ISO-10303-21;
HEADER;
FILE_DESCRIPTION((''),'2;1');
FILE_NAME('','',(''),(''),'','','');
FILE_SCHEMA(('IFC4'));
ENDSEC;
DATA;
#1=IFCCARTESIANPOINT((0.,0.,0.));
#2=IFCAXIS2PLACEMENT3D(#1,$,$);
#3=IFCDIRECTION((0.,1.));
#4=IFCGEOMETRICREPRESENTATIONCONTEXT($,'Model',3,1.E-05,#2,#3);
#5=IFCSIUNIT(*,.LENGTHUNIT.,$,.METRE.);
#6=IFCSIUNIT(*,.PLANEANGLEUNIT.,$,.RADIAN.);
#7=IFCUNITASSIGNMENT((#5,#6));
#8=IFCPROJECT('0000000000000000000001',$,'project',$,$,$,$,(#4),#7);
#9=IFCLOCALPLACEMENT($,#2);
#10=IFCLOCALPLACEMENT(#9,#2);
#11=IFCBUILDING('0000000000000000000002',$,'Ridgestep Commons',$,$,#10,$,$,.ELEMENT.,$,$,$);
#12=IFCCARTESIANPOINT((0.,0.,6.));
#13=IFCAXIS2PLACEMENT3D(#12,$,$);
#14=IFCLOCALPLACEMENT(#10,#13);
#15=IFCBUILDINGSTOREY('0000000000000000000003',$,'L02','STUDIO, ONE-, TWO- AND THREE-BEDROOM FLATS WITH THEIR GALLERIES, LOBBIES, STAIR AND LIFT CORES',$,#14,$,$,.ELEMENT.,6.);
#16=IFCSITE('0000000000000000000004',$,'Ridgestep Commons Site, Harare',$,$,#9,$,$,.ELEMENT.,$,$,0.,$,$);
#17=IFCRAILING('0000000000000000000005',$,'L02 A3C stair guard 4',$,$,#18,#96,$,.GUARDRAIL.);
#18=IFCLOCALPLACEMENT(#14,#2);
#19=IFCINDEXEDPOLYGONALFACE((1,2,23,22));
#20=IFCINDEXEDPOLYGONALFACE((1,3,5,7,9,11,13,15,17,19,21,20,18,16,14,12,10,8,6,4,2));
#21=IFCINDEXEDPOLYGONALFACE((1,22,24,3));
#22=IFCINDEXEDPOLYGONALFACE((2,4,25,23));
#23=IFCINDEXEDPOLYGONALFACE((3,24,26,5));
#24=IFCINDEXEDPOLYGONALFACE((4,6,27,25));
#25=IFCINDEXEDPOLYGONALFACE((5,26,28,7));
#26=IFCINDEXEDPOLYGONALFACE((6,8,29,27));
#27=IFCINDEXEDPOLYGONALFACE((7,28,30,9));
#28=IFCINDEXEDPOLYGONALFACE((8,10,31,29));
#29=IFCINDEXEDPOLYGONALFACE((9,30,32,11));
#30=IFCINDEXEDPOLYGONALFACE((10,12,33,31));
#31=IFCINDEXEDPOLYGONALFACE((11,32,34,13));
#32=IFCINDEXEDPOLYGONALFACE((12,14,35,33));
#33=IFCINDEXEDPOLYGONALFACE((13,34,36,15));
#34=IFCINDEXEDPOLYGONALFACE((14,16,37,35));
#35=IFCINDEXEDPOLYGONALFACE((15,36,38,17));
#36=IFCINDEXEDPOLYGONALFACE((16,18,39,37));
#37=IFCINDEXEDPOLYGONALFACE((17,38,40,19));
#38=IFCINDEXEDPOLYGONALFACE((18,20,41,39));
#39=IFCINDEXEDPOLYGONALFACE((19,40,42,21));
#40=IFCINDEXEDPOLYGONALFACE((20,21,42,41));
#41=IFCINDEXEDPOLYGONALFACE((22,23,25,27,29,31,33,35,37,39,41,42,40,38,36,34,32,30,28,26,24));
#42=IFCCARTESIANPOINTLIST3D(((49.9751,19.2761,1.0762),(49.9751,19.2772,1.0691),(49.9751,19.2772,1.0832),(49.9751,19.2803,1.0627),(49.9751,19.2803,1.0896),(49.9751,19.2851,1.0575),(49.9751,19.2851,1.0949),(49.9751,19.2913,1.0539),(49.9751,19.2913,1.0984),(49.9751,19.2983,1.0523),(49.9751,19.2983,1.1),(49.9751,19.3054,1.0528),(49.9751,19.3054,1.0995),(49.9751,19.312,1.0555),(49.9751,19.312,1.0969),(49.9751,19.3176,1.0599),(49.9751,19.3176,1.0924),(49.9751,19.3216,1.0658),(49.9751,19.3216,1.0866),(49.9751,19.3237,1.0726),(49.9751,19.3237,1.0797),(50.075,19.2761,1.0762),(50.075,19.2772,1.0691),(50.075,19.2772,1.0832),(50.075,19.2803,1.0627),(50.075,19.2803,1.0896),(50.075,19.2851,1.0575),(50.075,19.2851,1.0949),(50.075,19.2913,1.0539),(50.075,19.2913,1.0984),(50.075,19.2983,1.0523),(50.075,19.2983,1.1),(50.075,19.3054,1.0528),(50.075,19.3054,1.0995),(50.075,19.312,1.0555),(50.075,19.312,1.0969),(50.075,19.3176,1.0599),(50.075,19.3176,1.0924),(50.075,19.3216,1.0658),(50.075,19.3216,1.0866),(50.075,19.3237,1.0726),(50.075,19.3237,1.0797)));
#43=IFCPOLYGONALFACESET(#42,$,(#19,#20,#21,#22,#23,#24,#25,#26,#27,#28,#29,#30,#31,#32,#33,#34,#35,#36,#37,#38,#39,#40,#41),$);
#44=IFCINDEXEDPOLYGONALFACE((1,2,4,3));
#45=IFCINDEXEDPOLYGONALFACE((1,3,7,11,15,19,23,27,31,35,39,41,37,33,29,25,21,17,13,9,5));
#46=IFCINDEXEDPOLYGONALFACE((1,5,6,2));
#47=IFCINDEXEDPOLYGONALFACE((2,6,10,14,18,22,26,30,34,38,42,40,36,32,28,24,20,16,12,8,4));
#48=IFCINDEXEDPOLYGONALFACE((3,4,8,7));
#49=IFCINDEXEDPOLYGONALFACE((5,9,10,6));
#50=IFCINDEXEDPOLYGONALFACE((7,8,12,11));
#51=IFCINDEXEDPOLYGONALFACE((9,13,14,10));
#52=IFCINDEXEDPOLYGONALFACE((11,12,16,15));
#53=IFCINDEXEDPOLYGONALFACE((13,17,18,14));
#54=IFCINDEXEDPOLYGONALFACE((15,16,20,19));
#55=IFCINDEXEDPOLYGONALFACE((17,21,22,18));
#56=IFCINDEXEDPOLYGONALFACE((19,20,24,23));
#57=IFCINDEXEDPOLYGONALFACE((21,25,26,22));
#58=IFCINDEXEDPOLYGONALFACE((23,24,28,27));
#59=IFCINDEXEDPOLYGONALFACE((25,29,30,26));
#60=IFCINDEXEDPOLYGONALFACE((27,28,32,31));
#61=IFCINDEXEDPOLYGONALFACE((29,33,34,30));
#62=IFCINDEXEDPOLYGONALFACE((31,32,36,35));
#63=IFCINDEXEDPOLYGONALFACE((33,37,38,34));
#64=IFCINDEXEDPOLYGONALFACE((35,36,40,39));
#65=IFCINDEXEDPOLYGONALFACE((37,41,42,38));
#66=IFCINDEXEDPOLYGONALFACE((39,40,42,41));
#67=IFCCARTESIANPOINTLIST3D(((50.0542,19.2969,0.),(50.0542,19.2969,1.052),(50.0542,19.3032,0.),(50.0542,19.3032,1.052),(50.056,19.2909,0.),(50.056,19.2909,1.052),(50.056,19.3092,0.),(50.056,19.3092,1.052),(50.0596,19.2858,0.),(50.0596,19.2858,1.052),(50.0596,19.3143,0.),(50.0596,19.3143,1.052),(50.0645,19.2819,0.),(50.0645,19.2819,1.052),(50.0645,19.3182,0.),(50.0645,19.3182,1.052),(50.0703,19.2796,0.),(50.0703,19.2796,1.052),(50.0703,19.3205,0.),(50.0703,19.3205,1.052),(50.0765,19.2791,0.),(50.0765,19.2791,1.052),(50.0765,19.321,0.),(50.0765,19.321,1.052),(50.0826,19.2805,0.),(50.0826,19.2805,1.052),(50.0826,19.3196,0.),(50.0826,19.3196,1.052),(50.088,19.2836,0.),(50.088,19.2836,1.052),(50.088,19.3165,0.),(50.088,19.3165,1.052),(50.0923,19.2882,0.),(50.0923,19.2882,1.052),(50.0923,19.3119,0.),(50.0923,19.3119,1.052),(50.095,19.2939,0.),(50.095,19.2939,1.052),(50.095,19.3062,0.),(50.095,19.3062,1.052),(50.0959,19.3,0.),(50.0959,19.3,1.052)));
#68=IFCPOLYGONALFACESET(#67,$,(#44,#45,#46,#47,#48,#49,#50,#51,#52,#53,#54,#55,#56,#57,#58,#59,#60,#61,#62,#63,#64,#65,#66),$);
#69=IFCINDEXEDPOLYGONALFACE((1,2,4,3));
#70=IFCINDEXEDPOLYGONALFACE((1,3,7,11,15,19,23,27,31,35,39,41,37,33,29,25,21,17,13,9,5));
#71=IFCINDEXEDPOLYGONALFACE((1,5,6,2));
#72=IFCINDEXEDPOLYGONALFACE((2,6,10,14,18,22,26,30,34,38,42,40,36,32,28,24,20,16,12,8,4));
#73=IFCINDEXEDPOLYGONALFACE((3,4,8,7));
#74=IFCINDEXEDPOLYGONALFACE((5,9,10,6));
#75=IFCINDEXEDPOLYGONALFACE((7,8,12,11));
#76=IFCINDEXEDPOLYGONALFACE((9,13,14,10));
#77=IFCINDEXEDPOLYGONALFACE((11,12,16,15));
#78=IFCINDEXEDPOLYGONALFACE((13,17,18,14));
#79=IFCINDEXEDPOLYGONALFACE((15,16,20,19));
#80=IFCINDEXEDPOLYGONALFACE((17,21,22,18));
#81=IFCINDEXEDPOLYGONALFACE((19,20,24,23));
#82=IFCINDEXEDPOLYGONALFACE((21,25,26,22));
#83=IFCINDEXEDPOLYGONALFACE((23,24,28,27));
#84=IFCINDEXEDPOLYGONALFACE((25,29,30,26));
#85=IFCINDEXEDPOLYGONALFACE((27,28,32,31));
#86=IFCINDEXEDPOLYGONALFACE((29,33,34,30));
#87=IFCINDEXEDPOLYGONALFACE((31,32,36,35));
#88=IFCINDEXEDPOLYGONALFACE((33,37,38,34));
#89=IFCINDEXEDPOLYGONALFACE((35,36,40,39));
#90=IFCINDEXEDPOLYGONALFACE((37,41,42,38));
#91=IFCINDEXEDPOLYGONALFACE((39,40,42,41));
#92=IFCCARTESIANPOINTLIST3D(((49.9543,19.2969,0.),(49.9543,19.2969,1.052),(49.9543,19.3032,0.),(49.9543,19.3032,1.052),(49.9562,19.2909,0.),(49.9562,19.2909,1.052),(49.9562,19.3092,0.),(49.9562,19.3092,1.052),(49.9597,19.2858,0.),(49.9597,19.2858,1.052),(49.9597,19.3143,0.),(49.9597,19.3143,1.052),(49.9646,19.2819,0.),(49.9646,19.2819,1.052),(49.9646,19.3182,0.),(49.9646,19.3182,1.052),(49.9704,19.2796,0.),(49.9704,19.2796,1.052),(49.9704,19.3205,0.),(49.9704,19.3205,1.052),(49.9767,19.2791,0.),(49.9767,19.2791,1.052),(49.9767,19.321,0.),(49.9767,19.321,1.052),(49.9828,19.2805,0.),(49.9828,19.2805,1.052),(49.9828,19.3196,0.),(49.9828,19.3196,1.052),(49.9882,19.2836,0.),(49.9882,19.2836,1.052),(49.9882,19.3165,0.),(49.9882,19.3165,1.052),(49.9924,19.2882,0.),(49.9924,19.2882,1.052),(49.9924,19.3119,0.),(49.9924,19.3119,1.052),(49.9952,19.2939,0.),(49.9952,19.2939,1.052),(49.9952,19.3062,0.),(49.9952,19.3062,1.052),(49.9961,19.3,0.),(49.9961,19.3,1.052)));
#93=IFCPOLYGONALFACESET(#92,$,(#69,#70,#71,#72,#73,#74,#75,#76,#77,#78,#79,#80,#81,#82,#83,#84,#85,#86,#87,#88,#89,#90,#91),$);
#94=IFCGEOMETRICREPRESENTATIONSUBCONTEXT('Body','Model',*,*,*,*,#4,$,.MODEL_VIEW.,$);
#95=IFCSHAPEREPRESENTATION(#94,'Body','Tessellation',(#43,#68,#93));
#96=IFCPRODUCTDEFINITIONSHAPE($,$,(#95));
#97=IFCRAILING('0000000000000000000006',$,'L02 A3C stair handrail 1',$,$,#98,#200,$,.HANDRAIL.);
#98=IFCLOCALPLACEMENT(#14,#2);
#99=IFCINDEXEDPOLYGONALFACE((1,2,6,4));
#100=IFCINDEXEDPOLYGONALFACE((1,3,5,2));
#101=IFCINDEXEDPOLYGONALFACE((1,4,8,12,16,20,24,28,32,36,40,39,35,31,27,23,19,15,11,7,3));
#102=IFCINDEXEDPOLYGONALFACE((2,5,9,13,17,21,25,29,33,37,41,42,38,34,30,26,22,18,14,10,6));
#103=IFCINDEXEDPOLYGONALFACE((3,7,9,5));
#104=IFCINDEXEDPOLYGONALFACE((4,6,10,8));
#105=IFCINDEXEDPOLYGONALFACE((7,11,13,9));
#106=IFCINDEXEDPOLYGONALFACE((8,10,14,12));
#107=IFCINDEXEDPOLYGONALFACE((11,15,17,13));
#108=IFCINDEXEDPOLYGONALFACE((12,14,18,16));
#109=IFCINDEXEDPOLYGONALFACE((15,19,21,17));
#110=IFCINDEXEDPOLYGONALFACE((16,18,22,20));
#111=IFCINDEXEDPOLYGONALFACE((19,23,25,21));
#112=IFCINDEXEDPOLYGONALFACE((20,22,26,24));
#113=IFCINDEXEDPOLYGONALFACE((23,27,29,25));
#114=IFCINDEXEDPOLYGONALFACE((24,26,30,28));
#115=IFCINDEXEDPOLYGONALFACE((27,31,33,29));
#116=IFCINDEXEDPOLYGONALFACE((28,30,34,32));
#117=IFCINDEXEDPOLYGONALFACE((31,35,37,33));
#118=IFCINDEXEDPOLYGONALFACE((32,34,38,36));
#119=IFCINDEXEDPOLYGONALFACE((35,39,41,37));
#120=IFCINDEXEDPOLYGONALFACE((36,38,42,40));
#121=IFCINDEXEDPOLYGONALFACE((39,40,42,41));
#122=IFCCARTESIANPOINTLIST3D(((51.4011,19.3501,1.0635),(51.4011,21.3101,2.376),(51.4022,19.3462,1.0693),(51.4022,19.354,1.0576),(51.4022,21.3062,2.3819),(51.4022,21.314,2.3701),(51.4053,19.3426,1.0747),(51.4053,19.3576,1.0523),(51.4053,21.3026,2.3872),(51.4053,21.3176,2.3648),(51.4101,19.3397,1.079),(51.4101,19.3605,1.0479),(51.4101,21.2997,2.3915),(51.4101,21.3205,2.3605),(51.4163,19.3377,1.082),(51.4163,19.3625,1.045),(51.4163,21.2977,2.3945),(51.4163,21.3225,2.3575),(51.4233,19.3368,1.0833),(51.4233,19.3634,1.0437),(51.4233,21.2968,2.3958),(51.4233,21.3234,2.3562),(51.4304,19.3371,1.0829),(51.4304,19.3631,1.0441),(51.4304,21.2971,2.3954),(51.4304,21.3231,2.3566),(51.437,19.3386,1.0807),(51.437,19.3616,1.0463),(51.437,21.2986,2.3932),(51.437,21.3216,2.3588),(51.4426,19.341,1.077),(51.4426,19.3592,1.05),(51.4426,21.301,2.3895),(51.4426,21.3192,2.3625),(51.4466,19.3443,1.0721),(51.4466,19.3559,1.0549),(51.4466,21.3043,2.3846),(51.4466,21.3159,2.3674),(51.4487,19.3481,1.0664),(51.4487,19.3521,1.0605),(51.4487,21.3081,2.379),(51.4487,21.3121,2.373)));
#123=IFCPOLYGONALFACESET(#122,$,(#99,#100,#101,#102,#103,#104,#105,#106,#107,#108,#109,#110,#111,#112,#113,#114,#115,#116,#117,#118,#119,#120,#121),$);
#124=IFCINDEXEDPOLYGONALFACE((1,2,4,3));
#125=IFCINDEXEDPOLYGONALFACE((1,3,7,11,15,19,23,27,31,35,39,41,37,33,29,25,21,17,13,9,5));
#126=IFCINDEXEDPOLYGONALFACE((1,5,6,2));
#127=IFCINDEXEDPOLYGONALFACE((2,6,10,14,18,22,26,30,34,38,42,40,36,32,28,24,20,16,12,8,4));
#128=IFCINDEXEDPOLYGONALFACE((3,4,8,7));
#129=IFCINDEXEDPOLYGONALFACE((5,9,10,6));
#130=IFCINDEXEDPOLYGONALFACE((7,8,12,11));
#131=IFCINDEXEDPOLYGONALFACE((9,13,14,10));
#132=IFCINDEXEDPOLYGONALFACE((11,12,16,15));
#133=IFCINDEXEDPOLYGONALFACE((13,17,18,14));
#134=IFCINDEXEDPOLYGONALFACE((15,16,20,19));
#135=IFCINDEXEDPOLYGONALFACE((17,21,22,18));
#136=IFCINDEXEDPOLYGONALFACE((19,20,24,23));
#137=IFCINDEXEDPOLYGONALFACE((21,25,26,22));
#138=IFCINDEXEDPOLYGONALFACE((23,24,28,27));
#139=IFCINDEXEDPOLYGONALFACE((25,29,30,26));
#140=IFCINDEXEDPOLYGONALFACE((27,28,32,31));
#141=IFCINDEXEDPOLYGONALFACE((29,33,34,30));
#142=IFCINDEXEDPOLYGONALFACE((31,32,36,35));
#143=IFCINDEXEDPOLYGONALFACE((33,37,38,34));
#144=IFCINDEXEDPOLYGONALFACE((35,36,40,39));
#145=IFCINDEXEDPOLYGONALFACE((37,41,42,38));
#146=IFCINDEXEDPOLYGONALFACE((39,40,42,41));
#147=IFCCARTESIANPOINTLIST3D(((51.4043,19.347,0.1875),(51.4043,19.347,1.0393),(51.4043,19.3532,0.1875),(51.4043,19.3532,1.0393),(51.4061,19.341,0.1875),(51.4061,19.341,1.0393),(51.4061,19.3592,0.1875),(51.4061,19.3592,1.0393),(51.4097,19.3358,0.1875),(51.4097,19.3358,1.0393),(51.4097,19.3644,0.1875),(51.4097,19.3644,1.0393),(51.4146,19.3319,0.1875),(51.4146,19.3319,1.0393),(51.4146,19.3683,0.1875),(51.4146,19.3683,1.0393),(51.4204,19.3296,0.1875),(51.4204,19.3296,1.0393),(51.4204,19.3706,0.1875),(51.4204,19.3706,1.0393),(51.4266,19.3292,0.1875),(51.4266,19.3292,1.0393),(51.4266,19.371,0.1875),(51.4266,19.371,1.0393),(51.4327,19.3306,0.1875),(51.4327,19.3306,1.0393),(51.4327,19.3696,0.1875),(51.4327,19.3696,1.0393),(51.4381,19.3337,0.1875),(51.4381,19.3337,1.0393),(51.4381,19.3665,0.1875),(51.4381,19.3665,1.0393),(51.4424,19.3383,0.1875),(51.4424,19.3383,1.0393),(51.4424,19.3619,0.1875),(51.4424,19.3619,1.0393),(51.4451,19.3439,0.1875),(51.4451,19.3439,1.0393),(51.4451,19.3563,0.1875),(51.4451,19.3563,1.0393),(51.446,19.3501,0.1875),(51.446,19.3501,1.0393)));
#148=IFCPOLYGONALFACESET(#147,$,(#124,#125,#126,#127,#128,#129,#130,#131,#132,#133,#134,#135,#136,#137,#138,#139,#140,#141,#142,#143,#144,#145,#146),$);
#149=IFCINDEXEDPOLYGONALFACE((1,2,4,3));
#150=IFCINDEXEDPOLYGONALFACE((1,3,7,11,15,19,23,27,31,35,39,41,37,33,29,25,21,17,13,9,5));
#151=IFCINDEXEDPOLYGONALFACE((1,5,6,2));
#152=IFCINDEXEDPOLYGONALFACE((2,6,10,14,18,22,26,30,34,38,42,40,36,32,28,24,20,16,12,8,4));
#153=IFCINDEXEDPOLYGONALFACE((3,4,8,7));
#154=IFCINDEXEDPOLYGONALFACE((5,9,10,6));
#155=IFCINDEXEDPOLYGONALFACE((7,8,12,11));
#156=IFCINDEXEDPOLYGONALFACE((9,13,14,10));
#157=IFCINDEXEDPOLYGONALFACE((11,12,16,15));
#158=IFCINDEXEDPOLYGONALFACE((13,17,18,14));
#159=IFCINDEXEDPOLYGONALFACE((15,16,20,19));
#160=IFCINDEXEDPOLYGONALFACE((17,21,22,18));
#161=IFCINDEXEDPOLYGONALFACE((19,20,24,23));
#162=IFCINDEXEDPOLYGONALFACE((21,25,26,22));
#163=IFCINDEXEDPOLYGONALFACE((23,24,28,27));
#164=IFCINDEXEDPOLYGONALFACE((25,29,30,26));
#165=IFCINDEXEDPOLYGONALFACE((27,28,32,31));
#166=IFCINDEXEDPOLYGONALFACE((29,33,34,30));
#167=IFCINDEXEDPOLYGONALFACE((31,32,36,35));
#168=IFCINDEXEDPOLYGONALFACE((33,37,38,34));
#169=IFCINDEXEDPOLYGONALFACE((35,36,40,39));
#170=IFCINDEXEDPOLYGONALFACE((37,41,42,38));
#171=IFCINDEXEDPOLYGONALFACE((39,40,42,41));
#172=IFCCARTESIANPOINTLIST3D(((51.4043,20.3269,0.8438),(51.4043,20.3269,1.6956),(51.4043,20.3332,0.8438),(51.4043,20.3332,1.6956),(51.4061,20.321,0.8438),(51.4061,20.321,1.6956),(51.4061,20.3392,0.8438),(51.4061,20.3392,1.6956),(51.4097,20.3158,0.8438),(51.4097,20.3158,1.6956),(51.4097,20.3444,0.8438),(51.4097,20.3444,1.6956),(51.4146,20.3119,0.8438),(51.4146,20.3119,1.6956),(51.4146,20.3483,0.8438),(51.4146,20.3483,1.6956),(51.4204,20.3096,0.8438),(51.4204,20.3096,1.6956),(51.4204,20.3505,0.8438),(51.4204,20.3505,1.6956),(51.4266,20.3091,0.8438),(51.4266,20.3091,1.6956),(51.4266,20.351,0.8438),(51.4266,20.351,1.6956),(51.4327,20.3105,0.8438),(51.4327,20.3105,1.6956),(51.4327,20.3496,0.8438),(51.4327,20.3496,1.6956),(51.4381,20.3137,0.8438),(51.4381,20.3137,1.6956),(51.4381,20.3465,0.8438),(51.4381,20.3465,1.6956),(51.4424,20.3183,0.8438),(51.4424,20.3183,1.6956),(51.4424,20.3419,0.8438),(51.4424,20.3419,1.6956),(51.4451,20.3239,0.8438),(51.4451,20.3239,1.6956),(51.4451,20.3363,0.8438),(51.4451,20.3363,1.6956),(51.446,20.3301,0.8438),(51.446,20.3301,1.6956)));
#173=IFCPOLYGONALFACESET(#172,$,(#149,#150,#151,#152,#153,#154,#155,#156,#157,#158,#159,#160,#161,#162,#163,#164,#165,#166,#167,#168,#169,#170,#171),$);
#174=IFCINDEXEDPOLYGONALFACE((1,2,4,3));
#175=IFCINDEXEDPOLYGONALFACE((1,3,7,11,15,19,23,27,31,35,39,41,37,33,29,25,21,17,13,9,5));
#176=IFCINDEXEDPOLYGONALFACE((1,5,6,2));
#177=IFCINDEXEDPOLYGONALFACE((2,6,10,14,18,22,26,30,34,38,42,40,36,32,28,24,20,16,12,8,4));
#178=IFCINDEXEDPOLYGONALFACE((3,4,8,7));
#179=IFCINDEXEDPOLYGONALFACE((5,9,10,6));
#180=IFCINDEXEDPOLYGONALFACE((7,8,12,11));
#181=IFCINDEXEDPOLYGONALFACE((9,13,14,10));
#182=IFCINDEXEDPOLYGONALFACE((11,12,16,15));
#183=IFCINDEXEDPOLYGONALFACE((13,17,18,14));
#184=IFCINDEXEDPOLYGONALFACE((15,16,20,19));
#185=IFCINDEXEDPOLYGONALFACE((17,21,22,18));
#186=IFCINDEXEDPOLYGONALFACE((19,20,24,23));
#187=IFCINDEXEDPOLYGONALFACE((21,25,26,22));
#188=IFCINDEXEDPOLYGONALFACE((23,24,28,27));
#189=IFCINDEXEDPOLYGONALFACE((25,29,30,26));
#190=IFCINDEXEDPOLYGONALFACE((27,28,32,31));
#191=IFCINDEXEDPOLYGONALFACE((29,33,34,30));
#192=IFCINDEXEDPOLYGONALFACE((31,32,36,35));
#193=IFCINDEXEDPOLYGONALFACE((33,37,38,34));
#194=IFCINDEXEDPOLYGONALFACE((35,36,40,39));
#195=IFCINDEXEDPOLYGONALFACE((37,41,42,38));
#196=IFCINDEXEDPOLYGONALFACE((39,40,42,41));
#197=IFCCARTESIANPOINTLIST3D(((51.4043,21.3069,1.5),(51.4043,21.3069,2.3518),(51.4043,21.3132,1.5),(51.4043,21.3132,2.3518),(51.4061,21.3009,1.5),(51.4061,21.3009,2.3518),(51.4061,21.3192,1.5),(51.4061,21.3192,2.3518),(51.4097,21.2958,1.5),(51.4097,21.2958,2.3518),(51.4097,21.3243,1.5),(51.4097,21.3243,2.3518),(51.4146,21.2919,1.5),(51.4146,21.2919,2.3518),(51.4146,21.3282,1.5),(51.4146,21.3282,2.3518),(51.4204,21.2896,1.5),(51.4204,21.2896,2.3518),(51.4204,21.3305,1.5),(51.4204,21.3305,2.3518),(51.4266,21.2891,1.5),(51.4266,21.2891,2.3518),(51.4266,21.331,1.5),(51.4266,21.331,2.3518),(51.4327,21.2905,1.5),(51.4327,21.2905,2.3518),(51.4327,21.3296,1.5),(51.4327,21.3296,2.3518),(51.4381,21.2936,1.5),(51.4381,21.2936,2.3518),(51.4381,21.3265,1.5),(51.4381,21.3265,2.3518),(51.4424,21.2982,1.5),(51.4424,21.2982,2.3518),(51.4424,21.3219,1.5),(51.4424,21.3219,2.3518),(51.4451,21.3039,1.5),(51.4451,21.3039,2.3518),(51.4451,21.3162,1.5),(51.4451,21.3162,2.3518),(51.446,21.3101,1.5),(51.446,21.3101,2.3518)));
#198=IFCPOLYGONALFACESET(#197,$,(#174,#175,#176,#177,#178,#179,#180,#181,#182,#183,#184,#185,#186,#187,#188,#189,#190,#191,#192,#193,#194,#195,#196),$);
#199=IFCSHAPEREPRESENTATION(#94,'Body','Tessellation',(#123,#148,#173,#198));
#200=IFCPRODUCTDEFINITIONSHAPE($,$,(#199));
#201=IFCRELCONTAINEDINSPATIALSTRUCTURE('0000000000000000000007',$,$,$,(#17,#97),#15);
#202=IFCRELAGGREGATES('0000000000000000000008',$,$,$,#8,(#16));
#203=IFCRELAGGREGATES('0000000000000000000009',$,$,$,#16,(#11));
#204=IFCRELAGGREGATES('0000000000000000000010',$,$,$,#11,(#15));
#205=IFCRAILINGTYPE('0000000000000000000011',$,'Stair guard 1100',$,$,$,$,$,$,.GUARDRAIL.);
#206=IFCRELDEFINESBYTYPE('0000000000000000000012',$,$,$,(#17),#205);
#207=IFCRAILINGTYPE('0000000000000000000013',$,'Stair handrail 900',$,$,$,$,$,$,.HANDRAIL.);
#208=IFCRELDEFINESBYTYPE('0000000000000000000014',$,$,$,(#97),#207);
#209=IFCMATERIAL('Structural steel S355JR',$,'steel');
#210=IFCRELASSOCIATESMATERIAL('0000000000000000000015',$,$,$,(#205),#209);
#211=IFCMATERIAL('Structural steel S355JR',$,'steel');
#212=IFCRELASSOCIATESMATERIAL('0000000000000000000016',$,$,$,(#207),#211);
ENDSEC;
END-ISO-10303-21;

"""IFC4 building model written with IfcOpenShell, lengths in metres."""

from ifc_helpers import new_model, si_unit, direction, frame, origin, origin_2d, place, context, subcontext, project, spatial, circle, extrude, material, type_object, element, save


model = new_model("IFC4")

# Units and contexts
model_context = context("Model", 3, precision=1e-05, world=origin(), true_north=direction((0.0, 1.0)))
body_context = subcontext(model_context, "Body", "Model", "MODEL_VIEW")
ifc_project = project(units=[si_unit("LENGTHUNIT", "METRE"), si_unit("PLANEANGLEUNIT", "RADIAN")], contexts=[model_context])

# Site, building, storey
site_placement = place(None, origin())
site = spatial("IfcSite", under=ifc_project, at=site_placement, Name="Ridgestep Commons Site, Harare", CompositionType="ELEMENT", RefElevation=0.0)
building_placement = place(site_placement, origin())
building = spatial("IfcBuilding", under=site, at=building_placement, Name="Ridgestep Commons", CompositionType="ELEMENT")
storey_placement = place(building_placement, frame((0.0, 0.0, 6.0)))
storey = spatial("IfcBuildingStorey", under=building, at=storey_placement, Name="L02", Description="STUDIO, ONE-, TWO- AND THREE-BEDROOM FLATS WITH THEIR GALLERIES, LOBBIES, STAIR AND LIFT CORES", CompositionType="ELEMENT", Elevation=6.0)

# Railings
ifc_material_1 = material(Name="Structural steel S355JR", Category="steel")
railing_type_1 = type_object("IfcRailingType", Name="Stair guard 1100", PredefinedType="GUARDRAIL", material=ifc_material_1)
railing_1_placement = place(storey_placement, frame((50.075, 19.3, 0.0)))
element("IfcRailing", 1, at=railing_1_placement, inside=storey, type_object=railing_type_1, Name="L02 A3C stair guard 4", PredefinedType="GUARDRAIL", context=body_context, shape_type="SweptSolid", body=[
    extrude(circle(Radius=0.0239, at=origin_2d()), frame((0.0, 0.0, 1.0762), z_axis=(-1.0, 0.0, 0.0), x_axis=(0.0, -1.0, 0.0)), (0.0, 0.0, 1.0), 0.0999),
    extrude(circle(Radius=0.021, at=origin_2d()), origin(), (0.0, 0.0, 1.0), 1.052),
    extrude(circle(Radius=0.021, at=origin_2d()), frame((-0.0999, 0.0, 0.0)), (0.0, 0.0, 1.0), 1.052),
])
ifc_material_2 = material(Name="Structural steel S355JR", Category="steel")
railing_type_2 = type_object("IfcRailingType", Name="Stair handrail 900", PredefinedType="HANDRAIL", material=ifc_material_2)
railing_2_placement = place(storey_placement, frame((51.425, 19.3501, 0.1875)))
element("IfcRailing", 2, at=railing_2_placement, inside=storey, type_object=railing_type_2, Name="L02 A3C stair handrail 1", PredefinedType="HANDRAIL", context=body_context, shape_type="SweptSolid", body=[
    extrude(circle(Radius=0.0239, at=origin_2d()), frame((0.0, 0.0, 0.876), z_axis=(0.0, 0.830902, 0.556419), x_axis=(-1.0, 0.0, 0.0)), (0.0, 0.0, 1.0), 2.3589),
    extrude(circle(Radius=0.021, at=origin_2d()), origin(), (0.0, 0.0, 1.0), 0.8518),
    extrude(circle(Radius=0.021, at=origin_2d()), frame((0.0, 0.98, 0.6562)), (0.0, 0.0, 1.0), 0.8518),
    extrude(circle(Radius=0.021, at=origin_2d()), frame((0.0, 1.96, 1.3125)), (0.0, 0.0, 1.0), 0.8518),
])

save(model, "model.ifc")
